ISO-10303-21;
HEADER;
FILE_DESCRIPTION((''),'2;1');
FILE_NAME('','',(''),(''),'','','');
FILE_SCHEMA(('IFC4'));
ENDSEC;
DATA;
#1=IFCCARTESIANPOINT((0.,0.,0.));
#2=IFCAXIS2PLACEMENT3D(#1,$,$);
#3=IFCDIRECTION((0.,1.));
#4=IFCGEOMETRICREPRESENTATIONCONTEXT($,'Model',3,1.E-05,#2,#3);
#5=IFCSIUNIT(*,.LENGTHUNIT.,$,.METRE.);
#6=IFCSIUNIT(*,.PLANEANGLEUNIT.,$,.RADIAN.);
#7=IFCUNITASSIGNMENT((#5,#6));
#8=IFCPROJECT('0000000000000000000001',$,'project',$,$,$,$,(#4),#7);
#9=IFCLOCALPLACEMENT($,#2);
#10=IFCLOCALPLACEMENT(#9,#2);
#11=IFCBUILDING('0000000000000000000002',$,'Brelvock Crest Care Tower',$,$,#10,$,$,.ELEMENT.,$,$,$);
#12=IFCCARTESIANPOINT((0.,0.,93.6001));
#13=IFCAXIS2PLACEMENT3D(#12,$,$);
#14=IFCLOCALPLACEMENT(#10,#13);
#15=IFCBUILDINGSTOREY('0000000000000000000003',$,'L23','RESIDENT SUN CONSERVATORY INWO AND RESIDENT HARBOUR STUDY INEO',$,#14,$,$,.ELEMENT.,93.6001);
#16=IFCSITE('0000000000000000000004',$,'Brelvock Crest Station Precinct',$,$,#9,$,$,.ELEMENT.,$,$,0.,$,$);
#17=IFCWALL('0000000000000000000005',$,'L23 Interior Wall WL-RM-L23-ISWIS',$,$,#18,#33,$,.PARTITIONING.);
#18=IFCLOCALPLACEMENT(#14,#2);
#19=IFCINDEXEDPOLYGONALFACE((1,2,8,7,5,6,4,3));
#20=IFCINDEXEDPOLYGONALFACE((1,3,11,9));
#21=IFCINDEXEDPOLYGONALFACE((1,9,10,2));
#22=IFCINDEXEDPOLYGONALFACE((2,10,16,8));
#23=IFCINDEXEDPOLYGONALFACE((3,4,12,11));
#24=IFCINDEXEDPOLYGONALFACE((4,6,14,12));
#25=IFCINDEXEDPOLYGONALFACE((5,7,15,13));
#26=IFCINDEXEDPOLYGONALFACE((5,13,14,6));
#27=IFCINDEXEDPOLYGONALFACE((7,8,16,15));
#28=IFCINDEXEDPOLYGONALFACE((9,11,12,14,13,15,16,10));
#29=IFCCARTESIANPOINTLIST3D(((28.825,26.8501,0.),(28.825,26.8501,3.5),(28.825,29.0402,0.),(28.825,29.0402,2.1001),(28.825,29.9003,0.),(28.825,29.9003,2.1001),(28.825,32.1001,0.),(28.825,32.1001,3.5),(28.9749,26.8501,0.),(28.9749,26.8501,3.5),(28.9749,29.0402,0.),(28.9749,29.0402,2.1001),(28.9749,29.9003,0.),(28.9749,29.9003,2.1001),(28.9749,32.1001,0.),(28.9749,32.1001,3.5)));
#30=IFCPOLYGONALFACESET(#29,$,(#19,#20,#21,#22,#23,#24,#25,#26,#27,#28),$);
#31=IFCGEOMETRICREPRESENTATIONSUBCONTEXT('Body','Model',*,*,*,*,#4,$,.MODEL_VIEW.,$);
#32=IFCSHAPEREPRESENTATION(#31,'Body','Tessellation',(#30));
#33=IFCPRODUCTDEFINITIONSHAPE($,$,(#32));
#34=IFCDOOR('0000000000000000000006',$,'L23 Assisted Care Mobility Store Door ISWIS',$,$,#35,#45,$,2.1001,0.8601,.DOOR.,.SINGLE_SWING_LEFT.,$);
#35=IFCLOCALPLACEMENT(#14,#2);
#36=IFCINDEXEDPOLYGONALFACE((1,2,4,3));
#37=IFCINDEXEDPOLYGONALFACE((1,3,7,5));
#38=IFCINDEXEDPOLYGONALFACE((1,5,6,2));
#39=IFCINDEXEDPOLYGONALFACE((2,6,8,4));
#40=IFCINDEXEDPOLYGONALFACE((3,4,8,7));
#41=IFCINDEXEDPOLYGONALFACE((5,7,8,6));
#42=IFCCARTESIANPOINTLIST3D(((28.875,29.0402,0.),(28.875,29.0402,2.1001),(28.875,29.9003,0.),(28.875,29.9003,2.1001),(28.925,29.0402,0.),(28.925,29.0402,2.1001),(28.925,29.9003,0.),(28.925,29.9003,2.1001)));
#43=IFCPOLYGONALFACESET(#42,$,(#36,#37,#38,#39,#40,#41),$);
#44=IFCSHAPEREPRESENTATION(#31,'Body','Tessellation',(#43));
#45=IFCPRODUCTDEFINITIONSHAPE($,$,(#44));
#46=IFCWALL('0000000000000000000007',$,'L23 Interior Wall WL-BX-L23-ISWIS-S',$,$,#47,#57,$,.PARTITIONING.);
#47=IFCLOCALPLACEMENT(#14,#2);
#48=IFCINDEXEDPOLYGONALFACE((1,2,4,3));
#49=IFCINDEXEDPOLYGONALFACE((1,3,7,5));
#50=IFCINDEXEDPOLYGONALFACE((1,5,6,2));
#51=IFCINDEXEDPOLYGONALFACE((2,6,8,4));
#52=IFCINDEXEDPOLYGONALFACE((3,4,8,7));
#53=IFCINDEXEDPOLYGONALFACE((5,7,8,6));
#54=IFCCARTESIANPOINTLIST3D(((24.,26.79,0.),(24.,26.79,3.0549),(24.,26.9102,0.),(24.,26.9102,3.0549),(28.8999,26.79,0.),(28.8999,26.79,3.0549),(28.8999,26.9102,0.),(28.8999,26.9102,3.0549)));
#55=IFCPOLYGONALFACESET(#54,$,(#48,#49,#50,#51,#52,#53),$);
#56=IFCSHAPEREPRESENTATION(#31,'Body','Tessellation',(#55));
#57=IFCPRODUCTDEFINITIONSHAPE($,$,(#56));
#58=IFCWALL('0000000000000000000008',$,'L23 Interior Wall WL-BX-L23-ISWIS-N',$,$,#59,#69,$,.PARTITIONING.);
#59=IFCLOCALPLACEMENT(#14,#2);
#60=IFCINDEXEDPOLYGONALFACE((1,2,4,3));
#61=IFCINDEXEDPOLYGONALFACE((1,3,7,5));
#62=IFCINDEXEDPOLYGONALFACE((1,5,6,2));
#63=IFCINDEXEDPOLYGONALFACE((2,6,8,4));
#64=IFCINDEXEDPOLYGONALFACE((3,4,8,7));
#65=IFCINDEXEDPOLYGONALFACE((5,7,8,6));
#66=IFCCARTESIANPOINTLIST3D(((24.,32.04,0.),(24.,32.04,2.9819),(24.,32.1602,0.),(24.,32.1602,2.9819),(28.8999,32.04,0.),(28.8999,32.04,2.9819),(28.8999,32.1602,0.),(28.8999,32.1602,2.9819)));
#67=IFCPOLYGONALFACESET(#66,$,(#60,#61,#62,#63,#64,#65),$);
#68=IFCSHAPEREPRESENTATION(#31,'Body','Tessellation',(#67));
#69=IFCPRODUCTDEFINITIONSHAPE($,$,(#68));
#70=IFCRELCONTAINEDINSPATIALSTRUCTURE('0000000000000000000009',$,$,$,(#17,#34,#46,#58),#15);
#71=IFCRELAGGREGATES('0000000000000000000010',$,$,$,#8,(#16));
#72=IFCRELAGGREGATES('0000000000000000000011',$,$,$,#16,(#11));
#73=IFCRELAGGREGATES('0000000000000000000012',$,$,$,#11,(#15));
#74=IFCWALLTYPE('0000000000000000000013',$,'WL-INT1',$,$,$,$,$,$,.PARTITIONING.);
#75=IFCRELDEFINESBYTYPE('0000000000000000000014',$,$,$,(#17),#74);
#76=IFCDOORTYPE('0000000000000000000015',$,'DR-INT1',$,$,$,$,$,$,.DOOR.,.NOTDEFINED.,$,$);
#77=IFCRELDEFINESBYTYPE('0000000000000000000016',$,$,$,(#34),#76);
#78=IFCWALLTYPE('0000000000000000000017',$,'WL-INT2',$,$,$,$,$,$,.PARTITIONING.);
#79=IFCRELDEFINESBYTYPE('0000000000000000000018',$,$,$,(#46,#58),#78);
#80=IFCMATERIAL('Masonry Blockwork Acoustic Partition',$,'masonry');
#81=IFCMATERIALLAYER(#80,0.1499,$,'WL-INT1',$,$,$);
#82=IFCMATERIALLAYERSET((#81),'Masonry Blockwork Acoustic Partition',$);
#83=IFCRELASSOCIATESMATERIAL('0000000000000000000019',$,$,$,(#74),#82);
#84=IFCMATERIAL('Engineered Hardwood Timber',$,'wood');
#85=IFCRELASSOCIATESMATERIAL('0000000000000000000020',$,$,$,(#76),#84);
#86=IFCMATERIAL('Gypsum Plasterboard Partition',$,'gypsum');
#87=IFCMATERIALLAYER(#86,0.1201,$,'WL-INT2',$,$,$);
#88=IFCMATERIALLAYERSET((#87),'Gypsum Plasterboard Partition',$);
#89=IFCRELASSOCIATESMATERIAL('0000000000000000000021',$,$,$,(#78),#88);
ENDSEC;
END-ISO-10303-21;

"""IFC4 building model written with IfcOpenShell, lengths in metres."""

from ifc_helpers import new_model, si_unit, direction, frame, frame_2d, origin, origin_2d, place, context, subcontext, project, spatial, rectangle, extrude, source, transform, mapped, material, layer, layer_set, type_object, element, fill, save


model = new_model("IFC4")

# Units and contexts
model_context = context("Model", 3, precision=1e-05, world=origin(), true_north=direction((0.0, 1.0)))
body_context = subcontext(model_context, "Body", "Model", "MODEL_VIEW")
ifc_project = project(units=[si_unit("LENGTHUNIT", "METRE"), si_unit("PLANEANGLEUNIT", "RADIAN")], contexts=[model_context])

# Site, building, storey
site_placement = place(None, origin())
site = spatial("IfcSite", under=ifc_project, at=site_placement, Name="Brelvock Crest Station Precinct", CompositionType="ELEMENT", RefElevation=0.0)
building_placement = place(site_placement, origin())
building = spatial("IfcBuilding", under=site, at=building_placement, Name="Brelvock Crest Care Tower", CompositionType="ELEMENT")
storey_placement = place(building_placement, frame((0.0, 0.0, 93.6001)))
storey = spatial("IfcBuildingStorey", under=building, at=storey_placement, Name="L23", Description="RESIDENT SUN CONSERVATORY INWO AND RESIDENT HARBOUR STUDY INEO", CompositionType="ELEMENT", Elevation=93.6001)

# Shared definitions
ifc_material_1 = material(Name="Masonry Blockwork Acoustic Partition", Category="masonry")
ifc_layer_1 = layer(ifc_material_1, 0.1499, Name="WL-INT1")
ifc_layer_set_1 = layer_set([ifc_layer_1], Name="Masonry Blockwork Acoustic Partition")
wall_type_1 = type_object("IfcWallType", Name="WL-INT1", PredefinedType="PARTITIONING", material=ifc_layer_set_1)

# Wall, opening, door
wall_1_placement = place(storey_placement, frame((28.8999, 26.8501, 0.0), z_axis=(0.0, 0.0, 1.0), x_axis=(0.0, 1.0, 0.0)))
wall_1 = element("IfcWall", 1, at=wall_1_placement, inside=storey, type_object=wall_type_1, Name="L23 Interior Wall WL-RM-L23-ISWIS", PredefinedType="PARTITIONING", context=body_context, shape_type="SweptSolid", body=[
    extrude(rectangle(XDim=5.25, YDim=0.1499, at=frame_2d((2.625, 0.0))), origin(), (0.0, 0.0, 1.0), 3.5),
])
opening_placement = place(wall_1_placement, frame((2.1899, 0.0, 0.0)))
opening = element("IfcOpeningElement", 2, at=opening_placement, cuts=wall_1, PredefinedType="OPENING", context=body_context, shape_type="SweptSolid", body=[
    extrude(rectangle(XDim=0.8601, YDim=2.1001, at=origin_2d()), frame((0.4302, 0.085, 1.05), z_axis=(0.0, -1.0, 0.0), x_axis=(1.0, 0.0, 0.0)), (0.0, 0.0, 1.0), 0.1699),
])
ifc_material_2 = material(Name="Engineered Hardwood Timber", Category="wood")
door_type = type_object("IfcDoorType", Name="DR-INT1", OperationType="NOTDEFINED", PredefinedType="DOOR", material=ifc_material_2)
shared_shape_1 = source(origin(), body_context, "Body", "SweptSolid", [
    extrude(rectangle(XDim=0.8601, YDim=2.1001, at=origin_2d()), frame((0.4302, 0.0249, 1.05), z_axis=(0.0, -1.0, 0.0), x_axis=(1.0, 0.0, 0.0)), (0.0, 0.0, 1.0), 0.05),
])
door_placement = place(opening_placement, origin())
door = element("IfcDoor", 3, at=door_placement, inside=storey, type_object=door_type, Name="L23 Assisted Care Mobility Store Door ISWIS", OperationType="SINGLE_SWING_LEFT", OverallHeight=2.1001, OverallWidth=0.8601, PredefinedType="DOOR", context=body_context, shape_type="MappedRepresentation", body=[
    mapped(shared_shape_1, transform((0.0, 0.0, 0.0), x_axis=(1.0, 0.0, 0.0), y_axis=(0.0, 1.0, 0.0), z_axis=(0.0, 0.0, 1.0), scale=1.0)),
])
fill(opening, door)

# Walls
ifc_material_3 = material(Name="Gypsum Plasterboard Partition", Category="gypsum")
ifc_layer_2 = layer(ifc_material_3, 0.1201, Name="WL-INT2")
ifc_layer_set_2 = layer_set([ifc_layer_2], Name="Gypsum Plasterboard Partition")
wall_type_2 = type_object("IfcWallType", Name="WL-INT2", PredefinedType="PARTITIONING", material=ifc_layer_set_2)
wall_2_placement = place(storey_placement, frame((24.0, 26.8501, 0.0), z_axis=(0.0, 0.0, 1.0), x_axis=(1.0, 0.0, 0.0)))
element("IfcWall", 4, at=wall_2_placement, inside=storey, type_object=wall_type_2, Name="L23 Interior Wall WL-BX-L23-ISWIS-S", PredefinedType="PARTITIONING", context=body_context, shape_type="SweptSolid", body=[
    extrude(rectangle(XDim=4.8999, YDim=0.1201, at=frame_2d((2.45, 0.0))), origin(), (0.0, 0.0, 1.0), 3.0549),
])
wall_3_placement = place(storey_placement, frame((24.0, 32.1001, 0.0), z_axis=(0.0, 0.0, 1.0), x_axis=(1.0, 0.0, 0.0)))
element("IfcWall", 5, at=wall_3_placement, inside=storey, type_object=wall_type_2, Name="L23 Interior Wall WL-BX-L23-ISWIS-N", PredefinedType="PARTITIONING", context=body_context, shape_type="SweptSolid", body=[
    extrude(rectangle(XDim=4.8999, YDim=0.1201, at=frame_2d((2.45, 0.0))), origin(), (0.0, 0.0, 1.0), 2.9819),
])

save(model, "model.ifc")
